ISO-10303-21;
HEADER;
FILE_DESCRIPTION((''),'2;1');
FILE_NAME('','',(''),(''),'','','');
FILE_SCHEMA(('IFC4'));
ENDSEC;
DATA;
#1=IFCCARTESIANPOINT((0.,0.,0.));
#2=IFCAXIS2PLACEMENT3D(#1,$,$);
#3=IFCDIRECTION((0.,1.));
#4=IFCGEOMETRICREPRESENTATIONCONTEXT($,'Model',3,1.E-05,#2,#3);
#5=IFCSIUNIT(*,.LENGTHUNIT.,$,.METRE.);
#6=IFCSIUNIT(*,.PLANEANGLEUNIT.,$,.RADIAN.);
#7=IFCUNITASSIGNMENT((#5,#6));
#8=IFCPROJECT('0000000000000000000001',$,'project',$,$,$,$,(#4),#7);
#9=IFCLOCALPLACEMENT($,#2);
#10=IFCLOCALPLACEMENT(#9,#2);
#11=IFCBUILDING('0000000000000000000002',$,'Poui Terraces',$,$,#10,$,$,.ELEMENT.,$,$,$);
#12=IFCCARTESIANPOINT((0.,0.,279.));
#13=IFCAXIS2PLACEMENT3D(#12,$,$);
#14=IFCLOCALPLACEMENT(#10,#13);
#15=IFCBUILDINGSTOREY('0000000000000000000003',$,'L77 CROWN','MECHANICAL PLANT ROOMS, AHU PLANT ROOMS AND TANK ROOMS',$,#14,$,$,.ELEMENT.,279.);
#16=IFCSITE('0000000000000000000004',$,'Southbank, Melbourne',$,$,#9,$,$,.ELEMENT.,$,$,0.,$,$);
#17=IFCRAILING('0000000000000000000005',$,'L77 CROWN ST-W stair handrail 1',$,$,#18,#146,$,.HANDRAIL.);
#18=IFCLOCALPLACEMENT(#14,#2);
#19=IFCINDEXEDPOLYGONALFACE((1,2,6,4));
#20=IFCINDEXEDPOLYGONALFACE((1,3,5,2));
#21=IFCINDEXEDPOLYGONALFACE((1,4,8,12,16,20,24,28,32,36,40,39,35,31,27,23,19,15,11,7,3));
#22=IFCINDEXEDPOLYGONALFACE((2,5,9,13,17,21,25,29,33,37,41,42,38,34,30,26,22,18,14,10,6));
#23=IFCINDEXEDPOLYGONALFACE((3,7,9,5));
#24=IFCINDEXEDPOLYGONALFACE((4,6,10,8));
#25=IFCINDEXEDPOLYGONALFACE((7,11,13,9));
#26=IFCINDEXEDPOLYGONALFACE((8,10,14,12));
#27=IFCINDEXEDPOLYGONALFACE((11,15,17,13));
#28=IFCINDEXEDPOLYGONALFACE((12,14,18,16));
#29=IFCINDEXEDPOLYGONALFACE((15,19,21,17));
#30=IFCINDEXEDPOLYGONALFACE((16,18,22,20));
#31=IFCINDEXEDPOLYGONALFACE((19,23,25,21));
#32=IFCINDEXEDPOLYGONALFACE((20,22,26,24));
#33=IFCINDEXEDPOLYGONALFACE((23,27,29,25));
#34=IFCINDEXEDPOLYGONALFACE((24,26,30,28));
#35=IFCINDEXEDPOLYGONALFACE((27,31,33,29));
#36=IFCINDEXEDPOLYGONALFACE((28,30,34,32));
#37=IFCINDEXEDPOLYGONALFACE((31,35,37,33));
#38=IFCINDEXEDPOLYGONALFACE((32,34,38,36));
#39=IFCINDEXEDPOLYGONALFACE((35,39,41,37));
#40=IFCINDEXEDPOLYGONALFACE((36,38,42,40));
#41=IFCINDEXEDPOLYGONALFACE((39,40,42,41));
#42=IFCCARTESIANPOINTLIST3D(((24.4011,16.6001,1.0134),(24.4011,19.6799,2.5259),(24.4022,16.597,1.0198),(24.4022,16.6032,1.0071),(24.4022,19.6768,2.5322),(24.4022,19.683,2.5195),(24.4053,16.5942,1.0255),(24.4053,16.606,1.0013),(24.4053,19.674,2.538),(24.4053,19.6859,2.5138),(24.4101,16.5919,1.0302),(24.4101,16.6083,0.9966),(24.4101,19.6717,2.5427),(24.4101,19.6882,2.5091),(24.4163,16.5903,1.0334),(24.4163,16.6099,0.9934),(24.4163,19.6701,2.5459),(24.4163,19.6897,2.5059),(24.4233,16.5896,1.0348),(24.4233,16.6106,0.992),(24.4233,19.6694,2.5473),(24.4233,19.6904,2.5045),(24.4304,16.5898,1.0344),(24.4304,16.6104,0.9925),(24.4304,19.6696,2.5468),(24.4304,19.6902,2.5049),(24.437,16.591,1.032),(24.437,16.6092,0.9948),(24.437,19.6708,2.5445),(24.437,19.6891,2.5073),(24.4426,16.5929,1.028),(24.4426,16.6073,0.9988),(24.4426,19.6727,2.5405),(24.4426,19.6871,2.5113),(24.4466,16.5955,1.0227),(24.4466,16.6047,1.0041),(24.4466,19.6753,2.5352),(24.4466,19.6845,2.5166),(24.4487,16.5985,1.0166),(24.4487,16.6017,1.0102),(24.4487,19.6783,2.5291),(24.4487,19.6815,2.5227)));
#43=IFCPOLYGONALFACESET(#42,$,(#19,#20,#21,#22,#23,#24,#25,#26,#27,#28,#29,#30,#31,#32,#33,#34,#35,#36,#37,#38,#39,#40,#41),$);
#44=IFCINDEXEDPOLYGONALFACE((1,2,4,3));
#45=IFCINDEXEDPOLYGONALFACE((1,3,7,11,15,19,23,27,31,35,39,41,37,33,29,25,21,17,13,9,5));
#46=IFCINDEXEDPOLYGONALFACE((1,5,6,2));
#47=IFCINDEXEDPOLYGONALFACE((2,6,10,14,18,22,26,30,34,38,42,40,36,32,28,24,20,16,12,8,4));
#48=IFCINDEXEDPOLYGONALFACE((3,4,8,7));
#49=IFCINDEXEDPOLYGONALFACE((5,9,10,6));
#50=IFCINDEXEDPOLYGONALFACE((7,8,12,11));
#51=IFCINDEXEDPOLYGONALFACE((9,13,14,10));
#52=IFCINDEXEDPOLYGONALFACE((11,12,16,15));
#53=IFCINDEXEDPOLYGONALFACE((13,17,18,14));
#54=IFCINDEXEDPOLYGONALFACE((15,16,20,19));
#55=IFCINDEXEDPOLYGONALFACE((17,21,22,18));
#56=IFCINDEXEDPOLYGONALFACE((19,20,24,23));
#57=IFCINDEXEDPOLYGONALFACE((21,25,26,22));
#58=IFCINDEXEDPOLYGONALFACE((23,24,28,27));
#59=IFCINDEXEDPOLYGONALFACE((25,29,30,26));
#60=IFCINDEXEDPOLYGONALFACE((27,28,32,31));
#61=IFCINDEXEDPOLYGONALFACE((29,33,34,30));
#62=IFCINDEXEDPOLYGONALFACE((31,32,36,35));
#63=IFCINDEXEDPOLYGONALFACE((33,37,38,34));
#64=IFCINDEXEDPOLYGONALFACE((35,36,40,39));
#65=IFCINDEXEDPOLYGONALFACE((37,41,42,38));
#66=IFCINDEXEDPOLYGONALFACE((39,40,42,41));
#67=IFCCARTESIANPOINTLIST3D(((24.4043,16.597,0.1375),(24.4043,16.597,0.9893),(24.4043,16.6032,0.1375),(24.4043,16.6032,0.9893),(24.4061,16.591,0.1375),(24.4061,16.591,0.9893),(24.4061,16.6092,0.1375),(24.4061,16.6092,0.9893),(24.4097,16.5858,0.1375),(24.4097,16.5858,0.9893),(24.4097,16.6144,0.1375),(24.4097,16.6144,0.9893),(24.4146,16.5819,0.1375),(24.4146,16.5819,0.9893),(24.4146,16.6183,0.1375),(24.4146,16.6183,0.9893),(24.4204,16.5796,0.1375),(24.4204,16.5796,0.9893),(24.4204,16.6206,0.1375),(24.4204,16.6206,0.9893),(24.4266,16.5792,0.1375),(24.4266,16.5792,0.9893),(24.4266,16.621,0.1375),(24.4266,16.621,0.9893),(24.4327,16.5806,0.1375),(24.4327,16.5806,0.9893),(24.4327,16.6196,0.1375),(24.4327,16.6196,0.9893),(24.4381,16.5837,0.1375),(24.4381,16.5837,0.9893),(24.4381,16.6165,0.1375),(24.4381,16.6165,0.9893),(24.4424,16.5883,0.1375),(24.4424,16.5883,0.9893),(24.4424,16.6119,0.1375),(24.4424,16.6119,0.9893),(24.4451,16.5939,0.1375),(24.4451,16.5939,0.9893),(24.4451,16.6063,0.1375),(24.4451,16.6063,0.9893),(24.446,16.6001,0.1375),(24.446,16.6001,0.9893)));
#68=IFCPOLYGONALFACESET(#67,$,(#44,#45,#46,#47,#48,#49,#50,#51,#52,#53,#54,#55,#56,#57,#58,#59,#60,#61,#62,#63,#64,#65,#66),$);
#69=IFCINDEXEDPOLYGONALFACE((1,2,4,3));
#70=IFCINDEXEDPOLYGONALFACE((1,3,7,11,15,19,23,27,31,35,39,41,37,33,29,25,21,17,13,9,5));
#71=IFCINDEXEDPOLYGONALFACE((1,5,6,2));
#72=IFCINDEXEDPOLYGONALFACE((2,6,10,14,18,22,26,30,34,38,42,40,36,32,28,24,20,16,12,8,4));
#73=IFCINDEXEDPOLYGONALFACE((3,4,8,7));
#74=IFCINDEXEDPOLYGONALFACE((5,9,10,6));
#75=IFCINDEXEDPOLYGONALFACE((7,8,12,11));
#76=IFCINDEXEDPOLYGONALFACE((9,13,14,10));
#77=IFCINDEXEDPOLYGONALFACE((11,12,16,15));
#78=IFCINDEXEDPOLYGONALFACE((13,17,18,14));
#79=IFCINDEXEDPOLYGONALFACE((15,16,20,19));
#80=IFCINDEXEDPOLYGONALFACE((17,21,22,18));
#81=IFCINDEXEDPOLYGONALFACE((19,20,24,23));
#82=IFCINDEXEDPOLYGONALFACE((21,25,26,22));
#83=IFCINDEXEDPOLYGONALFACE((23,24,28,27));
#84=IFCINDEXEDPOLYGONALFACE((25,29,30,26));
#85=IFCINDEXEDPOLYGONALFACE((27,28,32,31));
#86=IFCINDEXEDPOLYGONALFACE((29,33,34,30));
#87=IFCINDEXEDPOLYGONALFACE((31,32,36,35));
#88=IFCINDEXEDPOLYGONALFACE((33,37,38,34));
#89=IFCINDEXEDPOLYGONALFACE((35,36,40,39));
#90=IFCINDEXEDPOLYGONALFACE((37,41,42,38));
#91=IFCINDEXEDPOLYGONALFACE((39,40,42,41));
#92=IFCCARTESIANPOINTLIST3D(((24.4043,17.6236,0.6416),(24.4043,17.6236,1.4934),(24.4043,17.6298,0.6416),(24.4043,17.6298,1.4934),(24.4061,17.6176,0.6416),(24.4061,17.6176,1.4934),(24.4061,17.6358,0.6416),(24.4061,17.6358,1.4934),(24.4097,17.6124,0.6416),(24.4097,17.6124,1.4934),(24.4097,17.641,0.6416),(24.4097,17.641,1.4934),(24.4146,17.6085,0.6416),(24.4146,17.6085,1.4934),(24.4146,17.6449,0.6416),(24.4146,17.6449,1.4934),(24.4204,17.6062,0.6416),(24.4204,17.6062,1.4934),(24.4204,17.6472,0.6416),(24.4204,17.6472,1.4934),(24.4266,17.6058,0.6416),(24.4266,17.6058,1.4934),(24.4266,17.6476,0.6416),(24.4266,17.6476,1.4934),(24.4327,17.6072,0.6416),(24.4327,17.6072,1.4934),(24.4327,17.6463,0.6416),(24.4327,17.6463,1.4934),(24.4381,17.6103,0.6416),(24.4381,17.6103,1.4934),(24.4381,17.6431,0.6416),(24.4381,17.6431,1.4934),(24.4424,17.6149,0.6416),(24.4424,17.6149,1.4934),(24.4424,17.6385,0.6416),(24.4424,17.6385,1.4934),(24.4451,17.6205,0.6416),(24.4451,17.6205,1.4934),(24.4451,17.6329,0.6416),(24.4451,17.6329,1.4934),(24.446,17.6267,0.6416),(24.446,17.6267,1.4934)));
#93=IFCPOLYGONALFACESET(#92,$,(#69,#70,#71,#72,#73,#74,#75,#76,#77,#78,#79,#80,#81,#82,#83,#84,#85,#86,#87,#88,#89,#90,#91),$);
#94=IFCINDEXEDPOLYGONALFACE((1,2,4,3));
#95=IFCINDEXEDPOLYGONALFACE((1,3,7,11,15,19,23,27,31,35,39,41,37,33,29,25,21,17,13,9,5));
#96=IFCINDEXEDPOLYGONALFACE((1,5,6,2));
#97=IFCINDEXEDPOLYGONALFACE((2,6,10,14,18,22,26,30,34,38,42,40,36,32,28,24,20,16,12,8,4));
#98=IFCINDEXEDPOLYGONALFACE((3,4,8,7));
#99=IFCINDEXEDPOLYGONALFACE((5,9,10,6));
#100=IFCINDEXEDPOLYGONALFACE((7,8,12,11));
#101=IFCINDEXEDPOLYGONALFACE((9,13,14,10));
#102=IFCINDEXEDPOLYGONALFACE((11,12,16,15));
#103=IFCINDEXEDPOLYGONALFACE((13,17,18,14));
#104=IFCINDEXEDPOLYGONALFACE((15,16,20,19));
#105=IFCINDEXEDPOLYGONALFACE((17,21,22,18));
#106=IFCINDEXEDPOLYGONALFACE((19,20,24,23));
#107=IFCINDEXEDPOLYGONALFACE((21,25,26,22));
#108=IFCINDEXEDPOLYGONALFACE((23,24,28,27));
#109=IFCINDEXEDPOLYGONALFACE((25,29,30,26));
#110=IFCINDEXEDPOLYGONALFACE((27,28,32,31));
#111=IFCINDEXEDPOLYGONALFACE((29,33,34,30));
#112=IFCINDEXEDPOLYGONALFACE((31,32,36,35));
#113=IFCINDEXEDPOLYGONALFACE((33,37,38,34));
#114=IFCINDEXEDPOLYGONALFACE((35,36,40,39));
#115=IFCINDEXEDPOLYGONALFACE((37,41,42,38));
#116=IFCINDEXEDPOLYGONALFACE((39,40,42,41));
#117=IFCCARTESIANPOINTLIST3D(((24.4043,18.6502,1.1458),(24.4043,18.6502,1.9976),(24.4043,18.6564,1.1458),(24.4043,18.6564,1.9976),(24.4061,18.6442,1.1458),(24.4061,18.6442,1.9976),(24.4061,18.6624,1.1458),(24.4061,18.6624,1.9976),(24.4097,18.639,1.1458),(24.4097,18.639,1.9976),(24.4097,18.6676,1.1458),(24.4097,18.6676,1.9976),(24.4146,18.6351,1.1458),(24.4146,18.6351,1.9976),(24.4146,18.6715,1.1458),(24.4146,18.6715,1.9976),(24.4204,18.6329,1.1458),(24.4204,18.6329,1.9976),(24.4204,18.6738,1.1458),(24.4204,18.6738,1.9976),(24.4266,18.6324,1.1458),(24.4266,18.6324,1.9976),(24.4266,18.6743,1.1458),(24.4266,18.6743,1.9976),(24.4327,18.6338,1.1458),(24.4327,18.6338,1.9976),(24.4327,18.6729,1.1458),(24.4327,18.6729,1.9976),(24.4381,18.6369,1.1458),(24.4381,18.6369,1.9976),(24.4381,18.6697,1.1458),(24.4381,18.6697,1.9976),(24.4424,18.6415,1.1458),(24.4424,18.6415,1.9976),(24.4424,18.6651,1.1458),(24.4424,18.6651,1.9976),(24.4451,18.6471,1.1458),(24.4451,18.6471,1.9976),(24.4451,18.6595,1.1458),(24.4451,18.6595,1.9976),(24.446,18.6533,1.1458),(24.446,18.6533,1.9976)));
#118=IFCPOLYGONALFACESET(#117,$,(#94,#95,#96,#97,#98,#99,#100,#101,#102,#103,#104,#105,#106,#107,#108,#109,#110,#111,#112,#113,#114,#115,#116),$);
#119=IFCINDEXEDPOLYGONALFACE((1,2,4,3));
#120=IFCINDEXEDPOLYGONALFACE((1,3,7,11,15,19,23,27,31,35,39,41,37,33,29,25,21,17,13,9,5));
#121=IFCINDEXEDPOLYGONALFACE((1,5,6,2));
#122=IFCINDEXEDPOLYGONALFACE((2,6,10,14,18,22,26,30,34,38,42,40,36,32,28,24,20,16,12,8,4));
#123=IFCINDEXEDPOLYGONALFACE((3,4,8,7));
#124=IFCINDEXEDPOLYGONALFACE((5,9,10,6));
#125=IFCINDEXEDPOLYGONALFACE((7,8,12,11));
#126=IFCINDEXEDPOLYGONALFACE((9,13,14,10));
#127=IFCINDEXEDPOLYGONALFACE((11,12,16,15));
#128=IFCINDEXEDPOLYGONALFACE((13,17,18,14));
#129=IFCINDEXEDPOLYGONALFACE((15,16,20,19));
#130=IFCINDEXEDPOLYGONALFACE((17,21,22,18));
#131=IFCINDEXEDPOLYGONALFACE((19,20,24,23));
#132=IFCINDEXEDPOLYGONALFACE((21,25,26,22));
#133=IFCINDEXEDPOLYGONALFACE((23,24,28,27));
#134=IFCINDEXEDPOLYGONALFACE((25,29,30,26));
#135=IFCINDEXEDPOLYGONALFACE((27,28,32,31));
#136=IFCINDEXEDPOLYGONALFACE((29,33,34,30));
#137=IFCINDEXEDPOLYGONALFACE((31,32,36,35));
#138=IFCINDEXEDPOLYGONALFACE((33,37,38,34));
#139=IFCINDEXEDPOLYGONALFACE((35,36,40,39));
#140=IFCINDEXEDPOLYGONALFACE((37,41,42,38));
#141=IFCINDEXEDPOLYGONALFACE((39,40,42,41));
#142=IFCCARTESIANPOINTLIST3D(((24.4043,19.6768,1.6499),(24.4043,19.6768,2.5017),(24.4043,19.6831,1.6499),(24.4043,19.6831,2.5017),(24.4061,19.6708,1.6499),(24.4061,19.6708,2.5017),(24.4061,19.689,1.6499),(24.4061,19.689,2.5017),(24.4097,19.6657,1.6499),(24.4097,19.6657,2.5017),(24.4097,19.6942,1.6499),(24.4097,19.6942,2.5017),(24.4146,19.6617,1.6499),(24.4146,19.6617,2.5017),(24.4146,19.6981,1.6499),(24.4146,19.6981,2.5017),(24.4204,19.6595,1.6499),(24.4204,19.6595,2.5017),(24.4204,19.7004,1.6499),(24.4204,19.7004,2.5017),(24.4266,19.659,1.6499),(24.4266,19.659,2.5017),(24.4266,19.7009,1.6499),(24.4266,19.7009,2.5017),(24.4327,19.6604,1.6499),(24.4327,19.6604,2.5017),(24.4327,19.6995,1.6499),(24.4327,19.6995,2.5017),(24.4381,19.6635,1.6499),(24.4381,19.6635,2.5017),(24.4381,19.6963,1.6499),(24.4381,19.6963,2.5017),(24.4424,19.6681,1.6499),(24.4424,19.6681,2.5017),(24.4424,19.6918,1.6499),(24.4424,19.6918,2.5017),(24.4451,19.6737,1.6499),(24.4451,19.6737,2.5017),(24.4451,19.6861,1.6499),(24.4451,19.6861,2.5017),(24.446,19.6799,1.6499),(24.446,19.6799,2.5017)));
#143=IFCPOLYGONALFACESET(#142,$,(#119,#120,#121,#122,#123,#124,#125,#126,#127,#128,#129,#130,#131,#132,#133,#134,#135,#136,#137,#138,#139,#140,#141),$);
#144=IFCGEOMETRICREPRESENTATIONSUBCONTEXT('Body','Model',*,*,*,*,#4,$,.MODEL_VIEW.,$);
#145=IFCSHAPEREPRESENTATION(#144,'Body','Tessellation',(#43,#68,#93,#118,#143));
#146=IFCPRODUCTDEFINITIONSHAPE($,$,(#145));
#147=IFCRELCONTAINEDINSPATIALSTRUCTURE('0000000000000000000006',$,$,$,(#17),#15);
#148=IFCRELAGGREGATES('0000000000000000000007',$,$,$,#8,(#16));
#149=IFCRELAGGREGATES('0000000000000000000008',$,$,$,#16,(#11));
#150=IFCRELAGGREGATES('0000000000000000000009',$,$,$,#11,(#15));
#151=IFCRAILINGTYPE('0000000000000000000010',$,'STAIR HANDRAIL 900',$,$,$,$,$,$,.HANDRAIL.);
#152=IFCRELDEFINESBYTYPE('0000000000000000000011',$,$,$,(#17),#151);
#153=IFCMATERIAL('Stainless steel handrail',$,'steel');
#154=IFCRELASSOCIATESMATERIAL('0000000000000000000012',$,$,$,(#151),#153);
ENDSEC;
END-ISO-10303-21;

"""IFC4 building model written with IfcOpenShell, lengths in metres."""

from ifc_helpers import new_model, si_unit, direction, frame, origin, origin_2d, place, context, subcontext, project, spatial, circle, extrude, material, type_object, element, save


model = new_model("IFC4")

# Units and contexts
model_context = context("Model", 3, precision=1e-05, world=origin(), true_north=direction((0.0, 1.0)))
body_context = subcontext(model_context, "Body", "Model", "MODEL_VIEW")
ifc_project = project(units=[si_unit("LENGTHUNIT", "METRE"), si_unit("PLANEANGLEUNIT", "RADIAN")], contexts=[model_context])

# Site, building, storey
site_placement = place(None, origin())
site = spatial("IfcSite", under=ifc_project, at=site_placement, Name="Southbank, Melbourne", CompositionType="ELEMENT", RefElevation=0.0)
building_placement = place(site_placement, origin())
building = spatial("IfcBuilding", under=site, at=building_placement, Name="Poui Terraces", CompositionType="ELEMENT")
storey_placement = place(building_placement, frame((0.0, 0.0, 279.0)))
storey = spatial("IfcBuildingStorey", under=building, at=storey_placement, Name="L77 CROWN", Description="MECHANICAL PLANT ROOMS, AHU PLANT ROOMS AND TANK ROOMS", CompositionType="ELEMENT", Elevation=279.0)

# Railing
ifc_material_1 = material(Name="Stainless steel handrail", Category="steel")
railing_type_1 = type_object("IfcRailingType", Name="STAIR HANDRAIL 900", PredefinedType="HANDRAIL", material=ifc_material_1)
railing_1_placement = place(storey_placement, frame((24.425, 16.6001, 0.1375)))
element("IfcRailing", 1, at=railing_1_placement, inside=storey, type_object=railing_type_1, Name="L77 CROWN ST-W stair handrail 1", PredefinedType="HANDRAIL", context=body_context, shape_type="SweptSolid", body=[
    extrude(circle(Radius=0.0239, at=origin_2d()), frame((0.0, 0.0, 0.876), z_axis=(0.0, 0.897606, 0.440798), x_axis=(-1.0, 0.0, 0.0)), (0.0, 0.0, 1.0), 3.4312),
    extrude(circle(Radius=0.021, at=origin_2d()), origin(), (0.0, 0.0, 1.0), 0.8518),
    extrude(circle(Radius=0.021, at=origin_2d()), frame((0.0, 1.0266, 0.5042)), (0.0, 0.0, 1.0), 0.8518),
    extrude(circle(Radius=0.021, at=origin_2d()), frame((0.0, 2.0532, 1.0083)), (0.0, 0.0, 1.0), 0.8518),
    extrude(circle(Radius=0.021, at=origin_2d()), frame((0.0, 3.0798, 1.5125)), (0.0, 0.0, 1.0), 0.8518),
])

save(model, "model.ifc")
